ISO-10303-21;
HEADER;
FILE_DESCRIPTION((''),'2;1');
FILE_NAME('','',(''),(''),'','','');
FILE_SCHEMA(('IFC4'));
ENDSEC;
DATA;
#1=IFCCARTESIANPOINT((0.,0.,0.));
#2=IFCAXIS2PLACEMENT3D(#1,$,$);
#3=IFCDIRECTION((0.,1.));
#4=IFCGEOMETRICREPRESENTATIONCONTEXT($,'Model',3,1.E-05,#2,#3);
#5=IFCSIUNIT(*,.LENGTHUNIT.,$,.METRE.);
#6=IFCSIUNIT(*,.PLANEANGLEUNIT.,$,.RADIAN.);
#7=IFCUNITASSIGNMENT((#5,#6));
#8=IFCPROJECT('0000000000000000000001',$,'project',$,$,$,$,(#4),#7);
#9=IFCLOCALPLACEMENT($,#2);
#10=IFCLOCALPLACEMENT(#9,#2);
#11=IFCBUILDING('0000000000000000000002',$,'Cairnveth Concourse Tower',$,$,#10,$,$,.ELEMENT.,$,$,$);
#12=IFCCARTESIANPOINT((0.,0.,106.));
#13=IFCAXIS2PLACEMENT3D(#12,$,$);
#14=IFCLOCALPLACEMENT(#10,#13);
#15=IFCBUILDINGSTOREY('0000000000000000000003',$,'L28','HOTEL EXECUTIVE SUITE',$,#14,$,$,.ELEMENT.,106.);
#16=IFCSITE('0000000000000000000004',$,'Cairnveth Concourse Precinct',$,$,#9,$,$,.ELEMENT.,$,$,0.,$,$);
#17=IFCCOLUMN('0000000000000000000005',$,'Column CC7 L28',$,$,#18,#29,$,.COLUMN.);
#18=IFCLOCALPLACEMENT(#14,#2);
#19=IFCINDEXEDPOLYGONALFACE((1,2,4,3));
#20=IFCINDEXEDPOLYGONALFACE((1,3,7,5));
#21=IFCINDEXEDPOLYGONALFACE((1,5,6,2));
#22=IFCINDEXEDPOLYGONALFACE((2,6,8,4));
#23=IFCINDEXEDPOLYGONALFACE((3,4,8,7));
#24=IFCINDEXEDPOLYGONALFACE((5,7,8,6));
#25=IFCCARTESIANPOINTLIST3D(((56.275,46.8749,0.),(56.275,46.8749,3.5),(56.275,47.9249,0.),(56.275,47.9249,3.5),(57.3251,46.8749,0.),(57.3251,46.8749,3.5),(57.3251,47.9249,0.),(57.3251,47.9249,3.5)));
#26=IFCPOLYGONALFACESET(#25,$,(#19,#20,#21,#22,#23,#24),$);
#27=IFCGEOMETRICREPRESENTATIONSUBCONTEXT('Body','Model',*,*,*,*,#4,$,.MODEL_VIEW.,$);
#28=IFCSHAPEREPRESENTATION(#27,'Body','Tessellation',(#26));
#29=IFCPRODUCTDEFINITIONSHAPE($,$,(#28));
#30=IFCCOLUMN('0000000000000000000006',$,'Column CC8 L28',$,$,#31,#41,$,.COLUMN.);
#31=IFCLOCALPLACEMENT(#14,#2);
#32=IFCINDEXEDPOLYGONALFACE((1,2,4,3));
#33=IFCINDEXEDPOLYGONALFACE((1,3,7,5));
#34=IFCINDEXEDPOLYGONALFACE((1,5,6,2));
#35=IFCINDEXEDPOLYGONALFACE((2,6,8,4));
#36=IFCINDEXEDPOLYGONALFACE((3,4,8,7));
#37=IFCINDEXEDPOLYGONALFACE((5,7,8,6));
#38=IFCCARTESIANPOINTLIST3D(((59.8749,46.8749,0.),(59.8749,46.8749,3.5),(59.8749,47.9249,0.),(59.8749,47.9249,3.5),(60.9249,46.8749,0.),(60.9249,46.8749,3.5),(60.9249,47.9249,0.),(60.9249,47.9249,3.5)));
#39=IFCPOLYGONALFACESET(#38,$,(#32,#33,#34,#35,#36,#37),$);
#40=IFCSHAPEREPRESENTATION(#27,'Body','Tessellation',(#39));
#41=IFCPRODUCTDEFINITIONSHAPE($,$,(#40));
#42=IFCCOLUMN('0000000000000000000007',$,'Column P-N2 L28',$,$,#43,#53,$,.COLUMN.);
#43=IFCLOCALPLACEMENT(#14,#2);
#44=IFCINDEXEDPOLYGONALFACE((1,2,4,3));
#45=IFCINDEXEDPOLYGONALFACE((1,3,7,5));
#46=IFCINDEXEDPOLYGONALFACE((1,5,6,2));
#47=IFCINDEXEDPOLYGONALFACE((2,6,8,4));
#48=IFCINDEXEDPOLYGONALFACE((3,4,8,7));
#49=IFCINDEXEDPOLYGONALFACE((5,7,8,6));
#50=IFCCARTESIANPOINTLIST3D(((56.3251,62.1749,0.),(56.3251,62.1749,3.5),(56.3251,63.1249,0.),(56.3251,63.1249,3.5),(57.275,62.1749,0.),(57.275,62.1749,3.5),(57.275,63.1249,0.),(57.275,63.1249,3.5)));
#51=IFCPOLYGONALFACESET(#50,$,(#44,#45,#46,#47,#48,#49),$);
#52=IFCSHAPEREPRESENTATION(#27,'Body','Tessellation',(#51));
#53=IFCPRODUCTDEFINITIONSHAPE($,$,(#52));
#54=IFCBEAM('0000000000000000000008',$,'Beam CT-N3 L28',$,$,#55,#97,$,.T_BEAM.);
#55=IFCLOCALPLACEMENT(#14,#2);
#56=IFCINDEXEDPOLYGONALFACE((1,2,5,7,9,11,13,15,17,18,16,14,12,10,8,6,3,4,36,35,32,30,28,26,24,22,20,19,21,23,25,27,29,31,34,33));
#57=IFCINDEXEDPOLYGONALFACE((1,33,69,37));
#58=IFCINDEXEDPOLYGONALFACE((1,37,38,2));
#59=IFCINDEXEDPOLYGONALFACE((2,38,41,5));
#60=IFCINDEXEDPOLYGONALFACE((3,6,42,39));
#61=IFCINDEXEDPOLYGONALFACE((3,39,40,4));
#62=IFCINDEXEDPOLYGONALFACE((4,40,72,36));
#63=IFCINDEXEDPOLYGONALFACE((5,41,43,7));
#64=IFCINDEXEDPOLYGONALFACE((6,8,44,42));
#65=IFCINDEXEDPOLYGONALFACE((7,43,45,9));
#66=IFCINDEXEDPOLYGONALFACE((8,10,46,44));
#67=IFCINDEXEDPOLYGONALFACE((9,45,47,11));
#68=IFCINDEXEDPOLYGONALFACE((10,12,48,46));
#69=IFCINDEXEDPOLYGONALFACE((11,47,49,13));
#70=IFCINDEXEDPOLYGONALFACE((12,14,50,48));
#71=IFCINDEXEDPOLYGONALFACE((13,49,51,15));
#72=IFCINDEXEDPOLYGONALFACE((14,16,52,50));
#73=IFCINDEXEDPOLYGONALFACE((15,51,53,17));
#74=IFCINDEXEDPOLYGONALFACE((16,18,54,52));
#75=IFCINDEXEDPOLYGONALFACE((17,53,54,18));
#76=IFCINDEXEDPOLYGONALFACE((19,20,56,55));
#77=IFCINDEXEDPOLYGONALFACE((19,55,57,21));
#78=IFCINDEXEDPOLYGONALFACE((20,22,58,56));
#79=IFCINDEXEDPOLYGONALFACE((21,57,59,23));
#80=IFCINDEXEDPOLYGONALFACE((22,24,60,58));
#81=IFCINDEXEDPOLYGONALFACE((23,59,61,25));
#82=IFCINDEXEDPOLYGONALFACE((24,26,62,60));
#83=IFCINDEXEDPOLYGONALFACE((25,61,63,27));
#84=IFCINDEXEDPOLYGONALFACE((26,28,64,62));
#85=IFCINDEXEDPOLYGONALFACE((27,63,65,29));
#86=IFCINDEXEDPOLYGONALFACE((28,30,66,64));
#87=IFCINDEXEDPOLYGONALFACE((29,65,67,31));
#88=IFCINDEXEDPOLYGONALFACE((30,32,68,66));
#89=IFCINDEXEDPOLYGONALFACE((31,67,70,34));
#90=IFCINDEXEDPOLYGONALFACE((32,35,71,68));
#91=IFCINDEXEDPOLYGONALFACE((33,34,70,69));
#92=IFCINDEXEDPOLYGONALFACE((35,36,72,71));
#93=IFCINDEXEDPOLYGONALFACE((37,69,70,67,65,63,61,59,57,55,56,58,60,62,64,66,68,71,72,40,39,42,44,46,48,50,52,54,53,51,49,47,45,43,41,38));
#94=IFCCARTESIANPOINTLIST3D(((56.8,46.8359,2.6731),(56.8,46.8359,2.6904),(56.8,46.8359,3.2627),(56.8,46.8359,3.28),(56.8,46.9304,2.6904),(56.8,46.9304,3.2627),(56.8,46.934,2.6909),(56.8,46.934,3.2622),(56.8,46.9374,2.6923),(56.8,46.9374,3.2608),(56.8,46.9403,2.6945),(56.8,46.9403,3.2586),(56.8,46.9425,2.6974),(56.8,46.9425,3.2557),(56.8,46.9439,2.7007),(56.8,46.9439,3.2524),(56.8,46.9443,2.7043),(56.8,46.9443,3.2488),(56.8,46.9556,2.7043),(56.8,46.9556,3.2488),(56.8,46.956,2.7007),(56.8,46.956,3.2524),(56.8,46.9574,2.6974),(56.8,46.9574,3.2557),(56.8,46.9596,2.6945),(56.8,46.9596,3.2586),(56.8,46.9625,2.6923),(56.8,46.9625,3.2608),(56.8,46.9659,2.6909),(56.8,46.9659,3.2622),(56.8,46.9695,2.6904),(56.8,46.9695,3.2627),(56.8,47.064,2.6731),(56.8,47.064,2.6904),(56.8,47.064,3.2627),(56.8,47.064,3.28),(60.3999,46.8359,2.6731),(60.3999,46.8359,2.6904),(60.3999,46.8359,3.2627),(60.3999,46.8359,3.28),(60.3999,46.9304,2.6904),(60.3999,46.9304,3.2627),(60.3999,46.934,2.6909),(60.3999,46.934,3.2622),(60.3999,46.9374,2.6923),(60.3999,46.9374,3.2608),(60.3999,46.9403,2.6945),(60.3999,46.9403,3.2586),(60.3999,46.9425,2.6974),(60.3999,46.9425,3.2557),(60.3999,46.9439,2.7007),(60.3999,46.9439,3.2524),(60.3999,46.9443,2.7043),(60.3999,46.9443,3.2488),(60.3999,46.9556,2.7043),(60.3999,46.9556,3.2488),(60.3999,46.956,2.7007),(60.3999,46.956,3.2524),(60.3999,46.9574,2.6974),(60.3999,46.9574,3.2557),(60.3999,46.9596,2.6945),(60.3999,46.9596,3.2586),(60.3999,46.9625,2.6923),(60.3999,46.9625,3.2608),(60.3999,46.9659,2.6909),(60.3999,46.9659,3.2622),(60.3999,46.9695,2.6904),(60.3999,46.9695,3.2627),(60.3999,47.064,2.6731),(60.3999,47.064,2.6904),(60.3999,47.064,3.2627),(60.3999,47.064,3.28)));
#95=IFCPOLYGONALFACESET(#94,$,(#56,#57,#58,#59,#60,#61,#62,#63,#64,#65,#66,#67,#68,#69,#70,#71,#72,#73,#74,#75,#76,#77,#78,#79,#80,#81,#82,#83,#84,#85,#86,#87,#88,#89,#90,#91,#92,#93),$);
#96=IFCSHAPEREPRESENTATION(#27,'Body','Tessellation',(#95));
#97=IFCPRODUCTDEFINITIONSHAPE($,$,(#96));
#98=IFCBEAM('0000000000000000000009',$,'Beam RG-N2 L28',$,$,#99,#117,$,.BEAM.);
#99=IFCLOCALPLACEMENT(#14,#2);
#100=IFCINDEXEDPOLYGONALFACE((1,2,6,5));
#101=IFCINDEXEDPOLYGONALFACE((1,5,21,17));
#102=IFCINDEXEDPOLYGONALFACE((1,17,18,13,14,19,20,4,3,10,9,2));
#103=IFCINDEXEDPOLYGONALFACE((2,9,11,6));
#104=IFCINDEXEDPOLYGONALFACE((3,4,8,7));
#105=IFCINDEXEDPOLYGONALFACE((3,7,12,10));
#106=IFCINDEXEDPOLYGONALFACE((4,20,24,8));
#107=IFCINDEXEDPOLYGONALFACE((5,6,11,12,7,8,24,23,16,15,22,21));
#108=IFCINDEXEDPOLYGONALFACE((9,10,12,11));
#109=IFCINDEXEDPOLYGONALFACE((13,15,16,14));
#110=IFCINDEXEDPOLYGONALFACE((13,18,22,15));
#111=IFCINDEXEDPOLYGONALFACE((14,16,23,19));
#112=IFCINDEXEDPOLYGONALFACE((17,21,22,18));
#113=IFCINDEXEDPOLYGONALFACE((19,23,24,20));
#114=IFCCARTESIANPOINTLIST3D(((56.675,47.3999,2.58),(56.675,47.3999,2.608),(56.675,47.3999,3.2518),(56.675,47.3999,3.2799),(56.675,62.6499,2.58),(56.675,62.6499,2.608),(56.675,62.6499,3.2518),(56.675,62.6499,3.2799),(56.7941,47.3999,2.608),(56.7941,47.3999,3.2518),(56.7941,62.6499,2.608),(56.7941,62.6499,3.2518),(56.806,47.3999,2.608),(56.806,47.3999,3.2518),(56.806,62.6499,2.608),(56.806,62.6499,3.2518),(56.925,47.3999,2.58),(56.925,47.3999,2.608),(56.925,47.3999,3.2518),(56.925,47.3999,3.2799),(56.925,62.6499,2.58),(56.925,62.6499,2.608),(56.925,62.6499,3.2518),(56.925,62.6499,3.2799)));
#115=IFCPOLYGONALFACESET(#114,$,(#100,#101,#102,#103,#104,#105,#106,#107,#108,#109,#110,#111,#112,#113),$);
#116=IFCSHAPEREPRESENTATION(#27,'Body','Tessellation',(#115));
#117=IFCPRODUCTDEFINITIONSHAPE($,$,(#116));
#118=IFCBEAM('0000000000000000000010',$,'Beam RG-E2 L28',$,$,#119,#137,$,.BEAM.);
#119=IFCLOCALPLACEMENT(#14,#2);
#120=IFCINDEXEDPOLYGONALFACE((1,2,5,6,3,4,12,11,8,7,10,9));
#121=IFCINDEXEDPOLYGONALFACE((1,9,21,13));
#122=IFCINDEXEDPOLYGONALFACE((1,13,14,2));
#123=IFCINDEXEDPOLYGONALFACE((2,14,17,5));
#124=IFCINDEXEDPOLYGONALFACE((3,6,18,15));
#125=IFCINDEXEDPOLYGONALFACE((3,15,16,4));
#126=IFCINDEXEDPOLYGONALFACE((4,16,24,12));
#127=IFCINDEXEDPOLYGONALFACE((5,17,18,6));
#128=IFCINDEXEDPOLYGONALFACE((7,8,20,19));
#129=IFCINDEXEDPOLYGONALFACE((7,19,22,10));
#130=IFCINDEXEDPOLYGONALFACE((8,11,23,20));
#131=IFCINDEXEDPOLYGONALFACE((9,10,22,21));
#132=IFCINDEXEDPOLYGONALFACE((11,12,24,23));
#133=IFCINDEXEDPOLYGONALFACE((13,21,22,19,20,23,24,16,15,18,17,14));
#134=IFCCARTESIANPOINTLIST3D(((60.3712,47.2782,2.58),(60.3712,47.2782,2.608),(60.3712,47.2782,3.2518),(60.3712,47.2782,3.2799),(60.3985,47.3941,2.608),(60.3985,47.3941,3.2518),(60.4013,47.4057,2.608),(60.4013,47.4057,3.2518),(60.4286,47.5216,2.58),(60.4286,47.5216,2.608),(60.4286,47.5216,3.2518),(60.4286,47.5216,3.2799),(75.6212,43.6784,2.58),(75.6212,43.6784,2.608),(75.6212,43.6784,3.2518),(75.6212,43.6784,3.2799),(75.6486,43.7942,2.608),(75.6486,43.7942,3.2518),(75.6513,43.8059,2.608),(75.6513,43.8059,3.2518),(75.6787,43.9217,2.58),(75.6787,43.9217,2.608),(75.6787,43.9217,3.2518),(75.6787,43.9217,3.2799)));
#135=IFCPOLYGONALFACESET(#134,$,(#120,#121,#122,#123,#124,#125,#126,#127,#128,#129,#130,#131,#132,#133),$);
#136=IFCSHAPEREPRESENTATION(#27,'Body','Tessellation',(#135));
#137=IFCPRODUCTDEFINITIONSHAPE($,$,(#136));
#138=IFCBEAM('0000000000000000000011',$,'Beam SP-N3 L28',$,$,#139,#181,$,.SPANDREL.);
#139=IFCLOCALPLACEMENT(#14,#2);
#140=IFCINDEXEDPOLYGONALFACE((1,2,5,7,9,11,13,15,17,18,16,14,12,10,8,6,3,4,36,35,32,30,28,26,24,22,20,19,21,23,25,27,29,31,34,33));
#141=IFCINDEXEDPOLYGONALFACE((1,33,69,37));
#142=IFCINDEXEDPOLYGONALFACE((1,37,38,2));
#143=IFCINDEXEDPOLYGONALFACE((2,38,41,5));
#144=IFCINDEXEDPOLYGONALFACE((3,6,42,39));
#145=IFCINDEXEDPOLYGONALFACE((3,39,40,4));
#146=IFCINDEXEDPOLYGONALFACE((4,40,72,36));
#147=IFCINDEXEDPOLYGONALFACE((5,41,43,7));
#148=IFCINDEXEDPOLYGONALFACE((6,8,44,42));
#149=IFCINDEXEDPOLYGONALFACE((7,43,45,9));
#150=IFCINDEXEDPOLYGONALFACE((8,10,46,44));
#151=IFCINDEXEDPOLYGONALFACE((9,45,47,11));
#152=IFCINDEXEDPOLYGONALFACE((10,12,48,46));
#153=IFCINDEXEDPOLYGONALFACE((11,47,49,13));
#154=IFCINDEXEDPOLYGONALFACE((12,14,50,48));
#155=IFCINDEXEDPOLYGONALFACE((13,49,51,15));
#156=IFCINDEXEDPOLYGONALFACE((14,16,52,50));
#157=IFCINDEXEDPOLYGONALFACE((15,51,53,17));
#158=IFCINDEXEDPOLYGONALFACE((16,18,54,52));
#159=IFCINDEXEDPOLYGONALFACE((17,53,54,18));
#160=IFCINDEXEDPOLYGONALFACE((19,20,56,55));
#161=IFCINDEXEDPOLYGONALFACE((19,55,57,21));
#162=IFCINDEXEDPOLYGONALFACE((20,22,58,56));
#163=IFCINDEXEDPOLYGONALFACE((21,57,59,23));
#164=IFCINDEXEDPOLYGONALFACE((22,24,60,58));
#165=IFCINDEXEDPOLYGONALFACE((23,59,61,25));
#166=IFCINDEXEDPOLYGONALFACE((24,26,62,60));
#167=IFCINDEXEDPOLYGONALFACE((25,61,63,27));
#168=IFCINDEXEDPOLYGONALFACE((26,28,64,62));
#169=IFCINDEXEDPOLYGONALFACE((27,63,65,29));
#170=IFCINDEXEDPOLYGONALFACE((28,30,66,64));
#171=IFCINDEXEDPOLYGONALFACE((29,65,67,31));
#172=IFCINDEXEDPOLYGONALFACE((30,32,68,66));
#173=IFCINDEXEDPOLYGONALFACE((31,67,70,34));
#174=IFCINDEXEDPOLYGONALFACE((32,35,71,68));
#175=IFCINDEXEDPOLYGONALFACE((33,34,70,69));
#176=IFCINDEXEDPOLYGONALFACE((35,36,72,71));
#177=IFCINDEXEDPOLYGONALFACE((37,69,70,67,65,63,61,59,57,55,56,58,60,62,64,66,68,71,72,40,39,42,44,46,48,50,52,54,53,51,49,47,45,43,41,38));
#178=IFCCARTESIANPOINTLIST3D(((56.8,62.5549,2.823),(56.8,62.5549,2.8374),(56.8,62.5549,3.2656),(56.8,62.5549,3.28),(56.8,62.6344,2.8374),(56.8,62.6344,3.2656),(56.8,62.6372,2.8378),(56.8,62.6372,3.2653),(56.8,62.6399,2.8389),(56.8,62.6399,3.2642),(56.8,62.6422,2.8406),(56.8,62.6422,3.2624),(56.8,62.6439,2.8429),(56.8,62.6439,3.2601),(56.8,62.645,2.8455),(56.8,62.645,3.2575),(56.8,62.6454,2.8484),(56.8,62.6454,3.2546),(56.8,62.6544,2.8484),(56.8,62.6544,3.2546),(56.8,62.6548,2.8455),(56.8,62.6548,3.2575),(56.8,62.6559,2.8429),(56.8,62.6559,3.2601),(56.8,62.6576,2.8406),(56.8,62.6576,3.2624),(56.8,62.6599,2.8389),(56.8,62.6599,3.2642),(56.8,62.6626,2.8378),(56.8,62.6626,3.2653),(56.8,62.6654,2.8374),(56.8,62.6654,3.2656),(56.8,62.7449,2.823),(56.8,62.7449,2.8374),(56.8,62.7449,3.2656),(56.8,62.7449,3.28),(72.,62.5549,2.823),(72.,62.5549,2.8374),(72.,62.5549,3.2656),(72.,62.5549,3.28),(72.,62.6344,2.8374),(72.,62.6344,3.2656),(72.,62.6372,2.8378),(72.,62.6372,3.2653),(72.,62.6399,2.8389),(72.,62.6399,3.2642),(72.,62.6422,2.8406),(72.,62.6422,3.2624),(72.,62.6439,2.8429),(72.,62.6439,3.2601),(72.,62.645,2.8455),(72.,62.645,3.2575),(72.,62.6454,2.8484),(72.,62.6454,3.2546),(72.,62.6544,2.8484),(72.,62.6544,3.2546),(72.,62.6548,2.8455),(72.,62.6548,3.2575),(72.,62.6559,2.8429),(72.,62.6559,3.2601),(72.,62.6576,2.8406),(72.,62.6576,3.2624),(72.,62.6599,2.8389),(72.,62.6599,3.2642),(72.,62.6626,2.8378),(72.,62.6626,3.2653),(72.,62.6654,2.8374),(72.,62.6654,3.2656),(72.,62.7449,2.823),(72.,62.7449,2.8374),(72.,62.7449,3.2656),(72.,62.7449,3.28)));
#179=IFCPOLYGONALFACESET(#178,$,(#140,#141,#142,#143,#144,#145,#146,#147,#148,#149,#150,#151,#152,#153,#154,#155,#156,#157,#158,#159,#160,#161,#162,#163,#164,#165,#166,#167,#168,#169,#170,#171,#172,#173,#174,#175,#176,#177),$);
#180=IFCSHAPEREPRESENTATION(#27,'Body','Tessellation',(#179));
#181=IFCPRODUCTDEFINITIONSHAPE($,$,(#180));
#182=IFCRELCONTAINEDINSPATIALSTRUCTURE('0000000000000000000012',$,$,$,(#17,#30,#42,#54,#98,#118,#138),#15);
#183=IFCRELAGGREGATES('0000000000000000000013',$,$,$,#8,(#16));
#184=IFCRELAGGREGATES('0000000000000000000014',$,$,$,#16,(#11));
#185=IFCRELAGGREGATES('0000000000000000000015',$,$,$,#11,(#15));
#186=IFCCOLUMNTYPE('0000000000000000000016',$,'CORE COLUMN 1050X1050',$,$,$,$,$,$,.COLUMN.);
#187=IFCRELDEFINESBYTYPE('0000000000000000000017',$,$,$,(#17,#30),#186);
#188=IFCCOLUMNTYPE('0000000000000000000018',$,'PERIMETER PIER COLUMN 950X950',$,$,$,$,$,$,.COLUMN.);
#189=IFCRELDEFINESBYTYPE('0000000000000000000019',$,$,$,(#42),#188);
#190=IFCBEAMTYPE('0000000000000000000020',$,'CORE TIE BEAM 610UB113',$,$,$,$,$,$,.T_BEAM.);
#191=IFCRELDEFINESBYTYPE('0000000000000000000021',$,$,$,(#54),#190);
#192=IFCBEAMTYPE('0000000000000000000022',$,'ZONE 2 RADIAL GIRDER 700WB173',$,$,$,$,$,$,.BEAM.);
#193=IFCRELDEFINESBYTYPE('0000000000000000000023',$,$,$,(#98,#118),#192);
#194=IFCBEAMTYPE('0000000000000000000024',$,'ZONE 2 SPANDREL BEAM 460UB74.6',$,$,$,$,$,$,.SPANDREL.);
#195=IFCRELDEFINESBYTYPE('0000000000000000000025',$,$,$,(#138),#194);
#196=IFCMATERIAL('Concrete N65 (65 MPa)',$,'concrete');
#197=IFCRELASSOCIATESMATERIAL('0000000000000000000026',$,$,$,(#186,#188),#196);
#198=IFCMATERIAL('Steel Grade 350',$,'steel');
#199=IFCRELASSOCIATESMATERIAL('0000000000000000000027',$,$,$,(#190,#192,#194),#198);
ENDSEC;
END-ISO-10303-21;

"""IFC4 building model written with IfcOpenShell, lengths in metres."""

from ifc_helpers import new_model, si_unit, direction, frame, origin, origin_2d, place, context, subcontext, project, spatial, rectangle, i_section, extrude, material, material_profile, profile_set, type_object, element, save


model = new_model("IFC4")

# Units and contexts
model_context = context("Model", 3, precision=1e-05, world=origin(), true_north=direction((0.0, 1.0)))
body_context = subcontext(model_context, "Body", "Model", "MODEL_VIEW")
ifc_project = project(units=[si_unit("LENGTHUNIT", "METRE"), si_unit("PLANEANGLEUNIT", "RADIAN")], contexts=[model_context])

# Site, building, storey
site_placement = place(None, origin())
site = spatial("IfcSite", under=ifc_project, at=site_placement, Name="Cairnveth Concourse Precinct", CompositionType="ELEMENT", RefElevation=0.0)
building_placement = place(site_placement, origin())
building = spatial("IfcBuilding", under=site, at=building_placement, Name="Cairnveth Concourse Tower", CompositionType="ELEMENT")
storey_placement = place(building_placement, frame((0.0, 0.0, 106.0)))
storey = spatial("IfcBuildingStorey", under=building, at=storey_placement, Name="L28", Description="HOTEL EXECUTIVE SUITE", CompositionType="ELEMENT", Elevation=106.0)

# Columns
ifc_material_1 = material(Name="Concrete N65 (65 MPa)", Category="concrete")
ifc_material_profile_1 = material_profile(ifc_material_1, rectangle(XDim=1.05, YDim=1.05, at=origin_2d()), Name="RC-COL-1050x1050")
ifc_profile_set_1 = profile_set([ifc_material_profile_1], Name="Concrete N65 (65 MPa)")
column_type_1 = type_object("IfcColumnType", Name="CORE COLUMN 1050X1050", PredefinedType="COLUMN", material=ifc_profile_set_1)
for number, where, z_axis, x_axis, name in (
    (1, (56.8, 47.3999, 0.0), (0.0, 0.0, 1.0), (1.0, 0.0, 0.0), "Column CC7 L28"),
    (2, (60.3999, 47.3999, 0.0), (0.0, 0.0, 1.0), (1.0, 0.0, 0.0), "Column CC8 L28"),
):
    element("IfcColumn", number, at=place(storey_placement, frame(where, z_axis=z_axis, x_axis=x_axis)), inside=storey, type_object=column_type_1, Name=name, PredefinedType="COLUMN", context=body_context, shape_type="SweptSolid", body=[
        extrude(rectangle(XDim=1.05, YDim=1.05, at=origin_2d()), origin(), (0.0, 0.0, 1.0), 3.5),
    ])
ifc_material_profile_2 = material_profile(ifc_material_1, rectangle(XDim=0.95, YDim=0.95, at=origin_2d()), Name="RC-COL-950x950")
ifc_profile_set_2 = profile_set([ifc_material_profile_2], Name="Concrete N65 (65 MPa)")
column_type_2 = type_object("IfcColumnType", Name="PERIMETER PIER COLUMN 950X950", PredefinedType="COLUMN", material=ifc_profile_set_2)
column_placement = place(storey_placement, frame((56.8, 62.6499, 0.0), z_axis=(0.0, 0.0, 1.0), x_axis=(1.0, 0.0, 0.0)))
element("IfcColumn", 3, at=column_placement, inside=storey, type_object=column_type_2, Name="Column P-N2 L28", PredefinedType="COLUMN", context=body_context, shape_type="SweptSolid", body=[
    extrude(rectangle(XDim=0.95, YDim=0.95, at=origin_2d()), origin(), (0.0, 0.0, 1.0), 3.5),
])

# Beams
ifc_material_2 = material(Name="Steel Grade 350", Category="steel")
ifc_material_profile_3 = material_profile(ifc_material_2, i_section(OverallWidth=0.228, OverallDepth=0.6069, WebThickness=0.0112, FlangeThickness=0.0173, FilletRadius=0.0139, at=origin_2d()), Name="610UB113")
ifc_profile_set_3 = profile_set([ifc_material_profile_3], Name="Steel Grade 350")
beam_type_1 = type_object("IfcBeamType", Name="CORE TIE BEAM 610UB113", PredefinedType="T_BEAM", material=ifc_profile_set_3)
beam_1_placement = place(storey_placement, frame((56.8, 46.95, 2.9766), z_axis=(1.0, 0.0, 0.0), x_axis=(0.0, 1.0, 0.0)))
element("IfcBeam", 4, at=beam_1_placement, inside=storey, type_object=beam_type_1, Name="Beam CT-N3 L28", PredefinedType="T_BEAM", context=body_context, shape_type="SweptSolid", body=[
    extrude(i_section(OverallWidth=0.228, OverallDepth=0.6069, WebThickness=0.0112, FlangeThickness=0.0173, FilletRadius=0.0139, at=origin_2d()), origin(), (0.0, 0.0, 1.0), 3.5999),
])
ifc_material_profile_4 = material_profile(ifc_material_2, i_section(OverallWidth=0.25, OverallDepth=0.7, WebThickness=0.012, FlangeThickness=0.0281, at=origin_2d()), Name="700WB173")
ifc_profile_set_4 = profile_set([ifc_material_profile_4], Name="Steel Grade 350")
beam_type_2 = type_object("IfcBeamType", Name="ZONE 2 RADIAL GIRDER 700WB173", PredefinedType="BEAM", material=ifc_profile_set_4)
beam_2_placement = place(storey_placement, frame((56.8, 47.3999, 2.9299), z_axis=(0.0, 1.0, 0.0), x_axis=(-1.0, 0.0, 0.0)))
element("IfcBeam", 5, at=beam_2_placement, inside=storey, type_object=beam_type_2, Name="Beam RG-N2 L28", PredefinedType="BEAM", context=body_context, shape_type="SweptSolid", body=[
    extrude(i_section(OverallWidth=0.25, OverallDepth=0.7, WebThickness=0.012, FlangeThickness=0.0281, at=origin_2d()), origin(), (0.0, 0.0, 1.0), 15.25),
])
beam_3_placement = place(storey_placement, frame((60.3999, 47.3999, 2.9299), z_axis=(0.973252, -0.229742, 0.0), x_axis=(0.229742, 0.973252, 0.0)))
element("IfcBeam", 6, at=beam_3_placement, inside=storey, type_object=beam_type_2, Name="Beam RG-E2 L28", PredefinedType="BEAM", context=body_context, shape_type="SweptSolid", body=[
    extrude(i_section(OverallWidth=0.25, OverallDepth=0.7, WebThickness=0.012, FlangeThickness=0.0281, at=origin_2d()), origin(), (0.0, 0.0, 1.0), 15.6692),
])
ifc_material_profile_5 = material_profile(ifc_material_2, i_section(OverallWidth=0.1899, OverallDepth=0.457, WebThickness=0.009, FlangeThickness=0.0144, FilletRadius=0.011, at=origin_2d()), Name="460UB74.6")
ifc_profile_set_5 = profile_set([ifc_material_profile_5], Name="Steel Grade 350")
beam_type_3 = type_object("IfcBeamType", Name="ZONE 2 SPANDREL BEAM 460UB74.6", PredefinedType="SPANDREL", material=ifc_profile_set_5)
beam_4_placement = place(storey_placement, frame((56.8, 62.6499, 3.0515), z_axis=(1.0, 0.0, 0.0), x_axis=(0.0, 1.0, 0.0)))
element("IfcBeam", 7, at=beam_4_placement, inside=storey, type_object=beam_type_3, Name="Beam SP-N3 L28", PredefinedType="SPANDREL", context=body_context, shape_type="SweptSolid", body=[
    extrude(i_section(OverallWidth=0.1899, OverallDepth=0.457, WebThickness=0.009, FlangeThickness=0.0144, FilletRadius=0.011, at=origin_2d()), origin(), (0.0, 0.0, 1.0), 15.2),
])

save(model, "model.ifc")
